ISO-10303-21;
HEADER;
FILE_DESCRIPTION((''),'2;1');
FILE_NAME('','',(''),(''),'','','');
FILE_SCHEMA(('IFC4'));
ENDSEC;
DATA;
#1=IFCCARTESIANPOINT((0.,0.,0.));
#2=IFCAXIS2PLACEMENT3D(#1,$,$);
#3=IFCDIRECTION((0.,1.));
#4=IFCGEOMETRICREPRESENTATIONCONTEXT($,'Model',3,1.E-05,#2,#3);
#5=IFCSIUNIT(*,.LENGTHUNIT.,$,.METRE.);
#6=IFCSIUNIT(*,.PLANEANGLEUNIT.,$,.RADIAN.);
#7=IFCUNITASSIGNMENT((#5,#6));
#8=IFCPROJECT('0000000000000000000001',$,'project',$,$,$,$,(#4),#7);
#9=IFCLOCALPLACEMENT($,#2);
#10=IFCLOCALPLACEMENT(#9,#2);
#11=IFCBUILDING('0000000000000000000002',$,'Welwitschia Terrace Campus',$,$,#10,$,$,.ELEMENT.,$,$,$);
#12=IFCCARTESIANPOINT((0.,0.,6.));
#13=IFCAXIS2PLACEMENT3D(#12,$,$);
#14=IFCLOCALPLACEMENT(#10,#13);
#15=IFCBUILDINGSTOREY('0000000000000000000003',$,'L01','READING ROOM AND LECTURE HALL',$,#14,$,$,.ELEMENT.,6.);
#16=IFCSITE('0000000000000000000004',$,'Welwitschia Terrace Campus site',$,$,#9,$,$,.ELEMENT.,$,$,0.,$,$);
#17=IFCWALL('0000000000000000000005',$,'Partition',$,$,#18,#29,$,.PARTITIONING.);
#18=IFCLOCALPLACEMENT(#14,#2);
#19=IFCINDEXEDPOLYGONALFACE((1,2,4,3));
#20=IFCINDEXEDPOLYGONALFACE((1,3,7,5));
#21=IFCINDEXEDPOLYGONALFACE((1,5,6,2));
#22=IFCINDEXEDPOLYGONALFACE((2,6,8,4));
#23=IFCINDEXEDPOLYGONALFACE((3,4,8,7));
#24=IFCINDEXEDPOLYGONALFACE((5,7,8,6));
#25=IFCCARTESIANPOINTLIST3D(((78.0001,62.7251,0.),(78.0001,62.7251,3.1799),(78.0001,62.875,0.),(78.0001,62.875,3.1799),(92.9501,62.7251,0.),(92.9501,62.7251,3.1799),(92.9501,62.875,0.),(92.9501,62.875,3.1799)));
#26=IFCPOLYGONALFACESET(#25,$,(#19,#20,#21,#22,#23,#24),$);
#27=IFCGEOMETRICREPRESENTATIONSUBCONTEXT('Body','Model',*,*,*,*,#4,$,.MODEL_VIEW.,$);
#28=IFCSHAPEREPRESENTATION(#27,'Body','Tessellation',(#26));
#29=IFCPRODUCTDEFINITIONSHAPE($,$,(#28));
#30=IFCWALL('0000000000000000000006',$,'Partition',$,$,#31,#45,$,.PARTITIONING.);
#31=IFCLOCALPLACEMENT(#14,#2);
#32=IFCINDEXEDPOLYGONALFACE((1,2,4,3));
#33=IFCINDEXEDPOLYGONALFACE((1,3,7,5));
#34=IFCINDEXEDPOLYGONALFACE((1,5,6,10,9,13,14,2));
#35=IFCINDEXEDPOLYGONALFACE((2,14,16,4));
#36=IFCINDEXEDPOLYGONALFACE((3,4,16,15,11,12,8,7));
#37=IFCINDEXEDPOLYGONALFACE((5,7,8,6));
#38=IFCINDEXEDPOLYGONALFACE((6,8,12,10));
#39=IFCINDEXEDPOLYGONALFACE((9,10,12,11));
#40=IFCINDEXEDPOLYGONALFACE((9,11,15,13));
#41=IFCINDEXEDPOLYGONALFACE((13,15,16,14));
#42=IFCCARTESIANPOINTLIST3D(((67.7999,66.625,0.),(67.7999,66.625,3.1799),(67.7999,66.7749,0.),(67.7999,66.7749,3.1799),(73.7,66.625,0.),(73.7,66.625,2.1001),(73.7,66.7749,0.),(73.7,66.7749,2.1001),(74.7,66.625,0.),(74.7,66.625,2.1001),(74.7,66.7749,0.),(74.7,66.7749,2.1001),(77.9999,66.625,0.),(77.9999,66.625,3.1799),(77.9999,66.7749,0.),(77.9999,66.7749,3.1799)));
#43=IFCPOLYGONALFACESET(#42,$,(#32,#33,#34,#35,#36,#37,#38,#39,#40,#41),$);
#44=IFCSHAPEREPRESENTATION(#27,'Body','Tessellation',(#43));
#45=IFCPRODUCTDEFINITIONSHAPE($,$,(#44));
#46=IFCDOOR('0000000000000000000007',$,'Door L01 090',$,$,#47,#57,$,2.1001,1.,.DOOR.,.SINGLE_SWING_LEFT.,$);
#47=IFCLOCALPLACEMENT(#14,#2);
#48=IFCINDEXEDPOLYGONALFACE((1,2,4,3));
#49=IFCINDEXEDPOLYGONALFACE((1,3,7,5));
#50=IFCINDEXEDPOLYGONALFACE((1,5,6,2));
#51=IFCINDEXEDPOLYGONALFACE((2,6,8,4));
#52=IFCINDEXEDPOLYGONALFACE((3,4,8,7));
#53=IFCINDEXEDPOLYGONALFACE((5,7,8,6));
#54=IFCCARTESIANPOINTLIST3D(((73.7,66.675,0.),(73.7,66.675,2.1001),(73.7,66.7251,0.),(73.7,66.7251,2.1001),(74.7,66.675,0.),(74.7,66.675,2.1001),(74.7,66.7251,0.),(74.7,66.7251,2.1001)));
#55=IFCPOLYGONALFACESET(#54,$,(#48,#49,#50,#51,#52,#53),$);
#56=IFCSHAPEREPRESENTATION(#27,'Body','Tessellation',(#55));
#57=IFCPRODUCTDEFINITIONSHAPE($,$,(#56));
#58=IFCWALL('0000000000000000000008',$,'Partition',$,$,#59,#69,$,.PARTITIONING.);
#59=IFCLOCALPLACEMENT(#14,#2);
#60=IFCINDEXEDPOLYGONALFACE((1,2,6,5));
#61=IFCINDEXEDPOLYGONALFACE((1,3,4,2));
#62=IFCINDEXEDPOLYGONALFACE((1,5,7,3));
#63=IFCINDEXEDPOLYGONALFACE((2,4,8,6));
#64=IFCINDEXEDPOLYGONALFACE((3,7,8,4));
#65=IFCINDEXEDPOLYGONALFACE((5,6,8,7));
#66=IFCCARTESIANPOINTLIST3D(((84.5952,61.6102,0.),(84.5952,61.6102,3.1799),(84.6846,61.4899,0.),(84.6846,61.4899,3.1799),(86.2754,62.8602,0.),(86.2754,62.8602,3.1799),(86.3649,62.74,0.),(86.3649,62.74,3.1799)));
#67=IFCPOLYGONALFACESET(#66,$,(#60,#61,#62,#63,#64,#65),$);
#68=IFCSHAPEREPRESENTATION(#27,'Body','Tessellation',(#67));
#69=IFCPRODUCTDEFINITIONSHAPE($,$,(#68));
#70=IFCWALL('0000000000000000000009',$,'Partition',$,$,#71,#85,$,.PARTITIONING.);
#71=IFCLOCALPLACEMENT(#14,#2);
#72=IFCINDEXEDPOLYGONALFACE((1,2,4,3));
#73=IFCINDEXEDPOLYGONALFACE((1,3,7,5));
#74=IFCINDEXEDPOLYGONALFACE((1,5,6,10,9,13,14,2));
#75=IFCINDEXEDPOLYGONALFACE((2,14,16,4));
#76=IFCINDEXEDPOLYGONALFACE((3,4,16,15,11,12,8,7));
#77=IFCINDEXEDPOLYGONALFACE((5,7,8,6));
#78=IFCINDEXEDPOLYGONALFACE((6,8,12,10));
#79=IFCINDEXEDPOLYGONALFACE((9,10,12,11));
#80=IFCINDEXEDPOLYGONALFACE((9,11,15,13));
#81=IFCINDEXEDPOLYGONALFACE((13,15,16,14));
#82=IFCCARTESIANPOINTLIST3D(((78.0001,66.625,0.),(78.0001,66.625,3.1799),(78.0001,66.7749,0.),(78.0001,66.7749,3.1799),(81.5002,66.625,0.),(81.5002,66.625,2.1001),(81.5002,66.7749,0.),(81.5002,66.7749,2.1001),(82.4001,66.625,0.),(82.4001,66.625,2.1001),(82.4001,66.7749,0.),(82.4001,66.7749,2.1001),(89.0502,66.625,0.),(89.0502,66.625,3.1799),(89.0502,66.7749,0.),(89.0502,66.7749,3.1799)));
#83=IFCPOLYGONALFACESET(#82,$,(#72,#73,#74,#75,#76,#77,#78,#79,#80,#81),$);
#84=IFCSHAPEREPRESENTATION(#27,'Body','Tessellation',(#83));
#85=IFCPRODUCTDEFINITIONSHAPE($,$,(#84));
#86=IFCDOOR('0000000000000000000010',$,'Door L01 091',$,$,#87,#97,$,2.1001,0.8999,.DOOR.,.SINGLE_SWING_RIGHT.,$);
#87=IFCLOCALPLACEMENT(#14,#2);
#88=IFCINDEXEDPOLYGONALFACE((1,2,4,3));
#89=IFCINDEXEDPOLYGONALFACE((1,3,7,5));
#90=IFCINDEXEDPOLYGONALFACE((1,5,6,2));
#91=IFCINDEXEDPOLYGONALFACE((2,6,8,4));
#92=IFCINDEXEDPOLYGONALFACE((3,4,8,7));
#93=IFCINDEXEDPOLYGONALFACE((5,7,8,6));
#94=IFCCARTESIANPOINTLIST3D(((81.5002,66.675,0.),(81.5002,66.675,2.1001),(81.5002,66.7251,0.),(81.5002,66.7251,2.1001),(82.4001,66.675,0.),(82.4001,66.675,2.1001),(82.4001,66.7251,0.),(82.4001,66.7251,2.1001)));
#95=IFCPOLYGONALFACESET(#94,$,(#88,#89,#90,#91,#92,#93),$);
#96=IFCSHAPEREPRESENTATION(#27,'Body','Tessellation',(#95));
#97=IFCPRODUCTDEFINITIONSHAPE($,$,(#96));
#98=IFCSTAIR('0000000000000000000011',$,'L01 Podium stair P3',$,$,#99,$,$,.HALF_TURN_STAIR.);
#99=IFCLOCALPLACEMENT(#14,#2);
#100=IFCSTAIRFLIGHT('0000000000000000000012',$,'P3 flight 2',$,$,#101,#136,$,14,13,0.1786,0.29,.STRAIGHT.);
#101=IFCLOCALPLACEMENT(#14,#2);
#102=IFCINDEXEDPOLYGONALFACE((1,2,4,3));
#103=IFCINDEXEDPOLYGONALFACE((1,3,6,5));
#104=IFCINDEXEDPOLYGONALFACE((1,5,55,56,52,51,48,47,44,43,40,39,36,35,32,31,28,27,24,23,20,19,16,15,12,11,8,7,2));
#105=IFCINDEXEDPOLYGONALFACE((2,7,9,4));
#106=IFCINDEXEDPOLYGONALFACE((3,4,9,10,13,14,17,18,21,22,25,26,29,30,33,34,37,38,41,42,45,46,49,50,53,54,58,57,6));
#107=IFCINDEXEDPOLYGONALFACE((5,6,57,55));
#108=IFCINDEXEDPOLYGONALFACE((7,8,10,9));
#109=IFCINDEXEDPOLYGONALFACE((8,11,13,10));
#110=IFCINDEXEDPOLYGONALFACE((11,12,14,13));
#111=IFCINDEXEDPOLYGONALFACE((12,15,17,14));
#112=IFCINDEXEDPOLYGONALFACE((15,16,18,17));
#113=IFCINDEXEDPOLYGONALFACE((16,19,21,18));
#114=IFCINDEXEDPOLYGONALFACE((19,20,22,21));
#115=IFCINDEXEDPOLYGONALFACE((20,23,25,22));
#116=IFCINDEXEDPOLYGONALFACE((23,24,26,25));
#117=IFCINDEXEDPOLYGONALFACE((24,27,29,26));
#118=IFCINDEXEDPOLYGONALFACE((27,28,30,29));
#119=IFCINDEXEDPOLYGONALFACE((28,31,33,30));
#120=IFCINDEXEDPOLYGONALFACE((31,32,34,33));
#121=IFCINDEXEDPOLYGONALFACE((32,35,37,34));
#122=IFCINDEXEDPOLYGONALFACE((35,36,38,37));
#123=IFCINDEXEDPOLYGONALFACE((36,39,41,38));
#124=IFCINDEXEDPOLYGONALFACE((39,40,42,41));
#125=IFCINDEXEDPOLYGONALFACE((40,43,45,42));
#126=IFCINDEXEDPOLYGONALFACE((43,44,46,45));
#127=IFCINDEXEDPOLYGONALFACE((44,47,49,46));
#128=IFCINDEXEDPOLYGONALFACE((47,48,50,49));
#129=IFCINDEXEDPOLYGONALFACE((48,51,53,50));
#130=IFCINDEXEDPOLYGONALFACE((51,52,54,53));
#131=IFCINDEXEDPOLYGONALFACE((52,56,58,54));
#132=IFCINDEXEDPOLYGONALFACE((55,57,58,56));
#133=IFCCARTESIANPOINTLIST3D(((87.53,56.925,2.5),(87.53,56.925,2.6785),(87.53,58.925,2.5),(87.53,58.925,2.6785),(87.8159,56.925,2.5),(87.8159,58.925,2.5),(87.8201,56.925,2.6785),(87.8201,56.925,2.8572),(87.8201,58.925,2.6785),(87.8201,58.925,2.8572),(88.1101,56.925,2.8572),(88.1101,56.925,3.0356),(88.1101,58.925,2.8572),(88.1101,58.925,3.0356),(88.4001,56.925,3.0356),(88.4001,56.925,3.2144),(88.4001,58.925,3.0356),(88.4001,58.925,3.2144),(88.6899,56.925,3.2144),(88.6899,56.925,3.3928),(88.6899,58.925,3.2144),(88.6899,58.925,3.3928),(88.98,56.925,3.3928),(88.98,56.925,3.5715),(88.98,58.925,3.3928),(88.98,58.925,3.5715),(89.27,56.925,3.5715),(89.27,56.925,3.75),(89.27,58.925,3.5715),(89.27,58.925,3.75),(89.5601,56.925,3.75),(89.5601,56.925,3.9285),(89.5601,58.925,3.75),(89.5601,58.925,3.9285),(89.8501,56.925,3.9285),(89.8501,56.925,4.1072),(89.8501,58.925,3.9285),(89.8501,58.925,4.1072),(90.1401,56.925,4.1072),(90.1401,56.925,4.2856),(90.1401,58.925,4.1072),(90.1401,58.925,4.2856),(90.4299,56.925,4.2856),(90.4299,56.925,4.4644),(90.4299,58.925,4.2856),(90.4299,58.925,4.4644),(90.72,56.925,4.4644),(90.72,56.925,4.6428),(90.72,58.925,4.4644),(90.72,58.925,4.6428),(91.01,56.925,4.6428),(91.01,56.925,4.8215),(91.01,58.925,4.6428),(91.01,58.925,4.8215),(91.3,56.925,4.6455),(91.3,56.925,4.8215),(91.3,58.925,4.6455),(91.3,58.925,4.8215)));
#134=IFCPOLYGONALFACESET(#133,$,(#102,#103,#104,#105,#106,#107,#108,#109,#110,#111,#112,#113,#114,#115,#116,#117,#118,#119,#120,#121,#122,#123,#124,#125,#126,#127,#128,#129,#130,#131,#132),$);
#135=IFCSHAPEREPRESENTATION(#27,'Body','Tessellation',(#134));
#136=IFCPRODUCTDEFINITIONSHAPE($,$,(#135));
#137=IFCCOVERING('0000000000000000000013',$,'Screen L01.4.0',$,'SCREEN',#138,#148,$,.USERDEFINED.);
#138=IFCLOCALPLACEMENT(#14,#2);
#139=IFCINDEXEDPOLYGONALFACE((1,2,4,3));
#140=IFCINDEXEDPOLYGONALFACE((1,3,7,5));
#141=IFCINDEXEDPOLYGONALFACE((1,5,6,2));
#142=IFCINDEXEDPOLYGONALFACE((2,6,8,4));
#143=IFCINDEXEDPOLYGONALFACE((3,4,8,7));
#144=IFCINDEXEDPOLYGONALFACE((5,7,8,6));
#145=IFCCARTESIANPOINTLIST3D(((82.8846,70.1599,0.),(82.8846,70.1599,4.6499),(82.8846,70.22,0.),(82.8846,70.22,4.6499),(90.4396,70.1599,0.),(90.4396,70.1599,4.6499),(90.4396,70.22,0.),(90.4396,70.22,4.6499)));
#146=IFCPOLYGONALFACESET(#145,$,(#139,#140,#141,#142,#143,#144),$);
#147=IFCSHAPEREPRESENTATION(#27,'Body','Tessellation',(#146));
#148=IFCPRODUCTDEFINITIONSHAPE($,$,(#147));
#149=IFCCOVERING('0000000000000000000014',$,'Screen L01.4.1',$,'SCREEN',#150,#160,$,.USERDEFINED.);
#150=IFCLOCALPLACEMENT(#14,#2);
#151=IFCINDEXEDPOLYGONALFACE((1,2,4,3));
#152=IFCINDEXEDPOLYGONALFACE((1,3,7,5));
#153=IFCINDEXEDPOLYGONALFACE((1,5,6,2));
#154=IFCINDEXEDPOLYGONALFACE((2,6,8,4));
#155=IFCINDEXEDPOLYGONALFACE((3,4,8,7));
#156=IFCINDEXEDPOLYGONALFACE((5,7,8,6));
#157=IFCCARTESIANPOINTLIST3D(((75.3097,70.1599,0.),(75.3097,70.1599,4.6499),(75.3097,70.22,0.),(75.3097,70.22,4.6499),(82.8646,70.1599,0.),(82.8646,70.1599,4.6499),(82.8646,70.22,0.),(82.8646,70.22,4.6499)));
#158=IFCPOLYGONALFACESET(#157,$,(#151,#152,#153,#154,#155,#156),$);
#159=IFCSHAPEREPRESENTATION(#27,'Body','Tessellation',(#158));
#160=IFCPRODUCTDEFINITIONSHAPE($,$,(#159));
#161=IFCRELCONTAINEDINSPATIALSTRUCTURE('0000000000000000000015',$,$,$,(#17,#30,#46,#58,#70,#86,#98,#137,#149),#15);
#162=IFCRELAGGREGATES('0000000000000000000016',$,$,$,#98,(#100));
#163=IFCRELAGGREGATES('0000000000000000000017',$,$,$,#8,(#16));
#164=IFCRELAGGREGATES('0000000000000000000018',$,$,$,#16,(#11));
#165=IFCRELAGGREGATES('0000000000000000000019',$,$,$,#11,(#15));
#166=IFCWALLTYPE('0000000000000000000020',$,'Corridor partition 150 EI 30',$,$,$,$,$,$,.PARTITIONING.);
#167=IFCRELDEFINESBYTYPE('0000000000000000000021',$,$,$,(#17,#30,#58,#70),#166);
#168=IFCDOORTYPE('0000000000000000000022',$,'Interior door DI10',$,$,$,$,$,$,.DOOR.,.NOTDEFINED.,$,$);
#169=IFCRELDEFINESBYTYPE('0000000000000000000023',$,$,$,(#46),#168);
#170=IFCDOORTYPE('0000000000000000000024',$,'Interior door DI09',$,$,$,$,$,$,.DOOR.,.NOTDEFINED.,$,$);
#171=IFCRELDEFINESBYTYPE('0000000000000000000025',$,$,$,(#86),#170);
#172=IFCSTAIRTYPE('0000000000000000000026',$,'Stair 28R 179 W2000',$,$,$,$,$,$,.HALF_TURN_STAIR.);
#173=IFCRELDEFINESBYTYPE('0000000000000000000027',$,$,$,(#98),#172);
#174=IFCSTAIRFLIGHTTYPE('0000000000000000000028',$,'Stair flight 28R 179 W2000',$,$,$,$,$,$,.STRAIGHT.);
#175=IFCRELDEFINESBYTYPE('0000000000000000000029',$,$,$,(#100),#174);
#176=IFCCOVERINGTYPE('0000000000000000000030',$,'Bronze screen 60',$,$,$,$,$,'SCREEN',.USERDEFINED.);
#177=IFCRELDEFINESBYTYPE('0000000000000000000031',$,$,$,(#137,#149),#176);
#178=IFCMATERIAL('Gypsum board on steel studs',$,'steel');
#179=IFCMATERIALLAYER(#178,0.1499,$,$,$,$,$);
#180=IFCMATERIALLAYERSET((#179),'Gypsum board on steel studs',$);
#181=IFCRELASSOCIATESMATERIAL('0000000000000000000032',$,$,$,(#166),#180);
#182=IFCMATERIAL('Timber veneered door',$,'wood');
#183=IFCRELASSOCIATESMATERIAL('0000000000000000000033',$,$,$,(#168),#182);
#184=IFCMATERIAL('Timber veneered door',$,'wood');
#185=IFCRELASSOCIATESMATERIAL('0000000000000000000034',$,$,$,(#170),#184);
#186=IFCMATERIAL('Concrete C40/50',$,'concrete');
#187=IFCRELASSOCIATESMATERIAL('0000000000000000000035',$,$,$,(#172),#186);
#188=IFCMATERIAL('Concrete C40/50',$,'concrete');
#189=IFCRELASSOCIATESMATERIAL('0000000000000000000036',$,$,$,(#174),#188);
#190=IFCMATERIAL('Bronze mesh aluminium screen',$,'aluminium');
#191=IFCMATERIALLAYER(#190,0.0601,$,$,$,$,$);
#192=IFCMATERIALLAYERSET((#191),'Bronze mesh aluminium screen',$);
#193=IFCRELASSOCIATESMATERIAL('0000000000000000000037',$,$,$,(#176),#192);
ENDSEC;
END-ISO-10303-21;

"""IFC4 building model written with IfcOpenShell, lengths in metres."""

from ifc_helpers import new_model, si_unit, direction, frame, frame_2d, origin, origin_2d, place, context, subcontext, project, spatial, polyline, rectangle, outline, extrude, material, layer, layer_set, type_object, element, fill, aggregate, save


model = new_model("IFC4")

# Units and contexts
model_context = context("Model", 3, precision=1e-05, world=origin(), true_north=direction((0.0, 1.0)))
body_context = subcontext(model_context, "Body", "Model", "MODEL_VIEW")
ifc_project = project(units=[si_unit("LENGTHUNIT", "METRE"), si_unit("PLANEANGLEUNIT", "RADIAN")], contexts=[model_context])

# Site, building, storey
site_placement = place(None, origin())
site = spatial("IfcSite", under=ifc_project, at=site_placement, Name="Welwitschia Terrace Campus site", CompositionType="ELEMENT", RefElevation=0.0)
building_placement = place(site_placement, origin())
building = spatial("IfcBuilding", under=site, at=building_placement, Name="Welwitschia Terrace Campus", CompositionType="ELEMENT")
storey_placement = place(building_placement, frame((0.0, 0.0, 6.0)))
storey = spatial("IfcBuildingStorey", under=building, at=storey_placement, Name="L01", Description="READING ROOM AND LECTURE HALL", CompositionType="ELEMENT", Elevation=6.0)

# Wall
ifc_material_1 = material(Name="Gypsum board on steel studs", Category="steel")
ifc_layer_1 = layer(ifc_material_1, 0.1499)
ifc_layer_set_1 = layer_set([ifc_layer_1], Name="Gypsum board on steel studs")
wall_type_1 = type_object("IfcWallType", Name="Corridor partition 150 EI 30", PredefinedType="PARTITIONING", material=ifc_layer_set_1)
wall_1_placement = place(storey_placement, frame((78.0, 62.8, 0.0), z_axis=(0.0, 0.0, 1.0), x_axis=(1.0, 0.0, 0.0)))
element("IfcWall", 1, at=wall_1_placement, inside=storey, type_object=wall_type_1, Name="Partition", PredefinedType="PARTITIONING", context=body_context, shape_type="SweptSolid", body=[
    extrude(rectangle(XDim=14.95, YDim=0.1499, at=frame_2d((7.4751, 0.0))), origin(), (0.0, 0.0, 1.0), 3.1799),
])

# Wall, opening, door
wall_2_placement = place(storey_placement, frame((78.0, 66.7, 0.0), z_axis=(0.0, 0.0, 1.0), x_axis=(-1.0, 0.0, 0.0)))
wall_2 = element("IfcWall", 2, at=wall_2_placement, inside=storey, type_object=wall_type_1, Name="Partition", PredefinedType="PARTITIONING", context=body_context, shape_type="SweptSolid", body=[
    extrude(rectangle(XDim=10.2, YDim=0.1499, at=frame_2d((5.1001, 0.0))), origin(), (0.0, 0.0, 1.0), 3.1799),
])
opening_1_placement = place(wall_2_placement, frame((3.3, 0.0, 0.0)))
opening_1 = element("IfcOpeningElement", 3, at=opening_1_placement, cuts=wall_2, PredefinedType="OPENING", context=body_context, shape_type="SweptSolid", body=[
    extrude(rectangle(XDim=1.0, YDim=2.1001, at=frame_2d((0.5, 1.05))), frame((0.0, 0.085, 0.0), z_axis=(0.0, -1.0, 0.0), x_axis=(1.0, 0.0, 0.0)), (0.0, 0.0, 1.0), 0.1699),
])
ifc_material_2 = material(Name="Timber veneered door", Category="wood")
door_type_1 = type_object("IfcDoorType", Name="Interior door DI10", OperationType="NOTDEFINED", PredefinedType="DOOR", material=ifc_material_2)
door_1_placement = place(opening_1_placement, origin())
door_1 = element("IfcDoor", 4, at=door_1_placement, inside=storey, type_object=door_type_1, Name="Door L01 090", OperationType="SINGLE_SWING_LEFT", OverallHeight=2.1001, OverallWidth=1.0, PredefinedType="DOOR", context=body_context, shape_type="SweptSolid", body=[
    extrude(rectangle(XDim=1.0, YDim=2.1001, at=frame_2d((0.5, 1.05))), frame((0.0, 0.0249, 0.0), z_axis=(0.0, -1.0, 0.0), x_axis=(1.0, 0.0, 0.0)), (0.0, 0.0, 1.0), 0.05),
])
fill(opening_1, door_1)

# Wall
wall_3_placement = place(storey_placement, frame((84.6399, 61.55, 0.0), z_axis=(0.0, 0.0, 1.0), x_axis=(0.802316, 0.596899, 0.0)))
element("IfcWall", 5, at=wall_3_placement, inside=storey, type_object=wall_type_1, Name="Partition", PredefinedType="PARTITIONING", context=body_context, shape_type="SweptSolid", body=[
    extrude(rectangle(XDim=2.0942, YDim=0.1499, at=frame_2d((1.0471, 0.0))), origin(), (0.0, 0.0, 1.0), 3.1799),
])

# Wall, opening, door
wall_4_placement = place(storey_placement, frame((89.05, 66.7, 0.0), z_axis=(0.0, 0.0, 1.0), x_axis=(-1.0, 0.0, 0.0)))
wall_4 = element("IfcWall", 6, at=wall_4_placement, inside=storey, type_object=wall_type_1, Name="Partition", PredefinedType="PARTITIONING", context=body_context, shape_type="SweptSolid", body=[
    extrude(rectangle(XDim=11.05, YDim=0.1499, at=frame_2d((5.5249, 0.0))), origin(), (0.0, 0.0, 1.0), 3.1799),
])
opening_2_placement = place(wall_4_placement, frame((6.6499, 0.0, 0.0)))
opening_2 = element("IfcOpeningElement", 7, at=opening_2_placement, cuts=wall_4, PredefinedType="OPENING", context=body_context, shape_type="SweptSolid", body=[
    extrude(rectangle(XDim=0.8999, YDim=2.1001, at=frame_2d((0.45, 1.05))), frame((0.0, 0.085, 0.0), z_axis=(0.0, -1.0, 0.0), x_axis=(1.0, 0.0, 0.0)), (0.0, 0.0, 1.0), 0.1699),
])
ifc_material_3 = material(Name="Timber veneered door", Category="wood")
door_type_2 = type_object("IfcDoorType", Name="Interior door DI09", OperationType="NOTDEFINED", PredefinedType="DOOR", material=ifc_material_3)
door_2_placement = place(opening_2_placement, origin())
door_2 = element("IfcDoor", 8, at=door_2_placement, inside=storey, type_object=door_type_2, Name="Door L01 091", OperationType="SINGLE_SWING_RIGHT", OverallHeight=2.1001, OverallWidth=0.8999, PredefinedType="DOOR", context=body_context, shape_type="SweptSolid", body=[
    extrude(rectangle(XDim=0.8999, YDim=2.1001, at=frame_2d((0.45, 1.05))), frame((0.0, 0.0249, 0.0), z_axis=(0.0, -1.0, 0.0), x_axis=(1.0, 0.0, 0.0)), (0.0, 0.0, 1.0), 0.05),
])
fill(opening_2, door_2)

# Stair, stair flight
ifc_material_4 = material(Name="Concrete C40/50", Category="concrete")
stair_type = type_object("IfcStairType", Name="Stair 28R 179 W2000", PredefinedType="HALF_TURN_STAIR", material=ifc_material_4)
stair_placement = place(storey_placement, origin())
stair = element("IfcStair", 9, at=stair_placement, inside=storey, type_object=stair_type, Name="L01 Podium stair P3", PredefinedType="HALF_TURN_STAIR")
ifc_material_5 = material(Name="Concrete C40/50", Category="concrete")
stair_flight_type = type_object("IfcStairFlightType", Name="Stair flight 28R 179 W2000", PredefinedType="STRAIGHT", material=ifc_material_5)
stair_flight_placement = place(storey_placement, frame((87.53, 57.925, 2.5), z_axis=(0.0, 0.0, 1.0), x_axis=(1.0, 0.0, 0.0)))
stair_flight = element("IfcStairFlight", 10, at=stair_flight_placement, type_object=stair_flight_type, Name="P3 flight 2", NumberOfRisers=14, NumberOfTreads=13, PredefinedType="STRAIGHT", RiserHeight=0.1786, TreadLength=0.29, context=body_context, shape_type="SweptSolid", body=[
    extrude(outline(polyline([(0.0, 0.0), (0.0, 0.1785), (0.29, 0.1785), (0.29, 0.3572), (0.5801, 0.3572), (0.5801, 0.5356), (0.8701, 0.5356), (0.8701, 0.7144), (1.1599, 0.7144), (1.1599, 0.8928), (1.45, 0.8928), (1.45, 1.0715), (1.74, 1.0715), (1.74, 1.25), (2.03, 1.25), (2.03, 1.4285), (2.3201, 1.4285), (2.3201, 1.6072), (2.6101, 1.6072), (2.6101, 1.7856), (2.8999, 1.7856), (2.8999, 1.9644), (3.1899, 1.9644), (3.1899, 2.1428), (3.48, 2.1428), (3.48, 2.3215), (3.77, 2.3215), (3.77, 2.5), (3.77, 2.1455), (0.2859, 0.0), (0.0, 0.0)])), frame((0.0, 1.0, 0.0), z_axis=(0.0, -1.0, 0.0), x_axis=(1.0, 0.0, 0.0)), (0.0, 0.0, 1.0), 2.0),
])
aggregate(stair, [stair_flight])

# Coverings
ifc_material_6 = material(Name="Bronze mesh aluminium screen", Category="aluminium")
ifc_layer_2 = layer(ifc_material_6, 0.0601)
ifc_layer_set_2 = layer_set([ifc_layer_2], Name="Bronze mesh aluminium screen")
covering_type = type_object("IfcCoveringType", Name="Bronze screen 60", ElementType="SCREEN", PredefinedType="USERDEFINED", material=ifc_layer_set_2)
for number, where, z_axis, x_axis, name in (
    (11, (86.6621, 70.1899, 0.0), (0.0, 0.0, 1.0), (-1.0, 0.0, 0.0), "Screen L01.4.0"),
    (12, (79.0872, 70.1899, 0.0), (0.0, 0.0, 1.0), (-1.0, 0.0, 0.0), "Screen L01.4.1"),
):
    element("IfcCovering", number, at=place(storey_placement, frame(where, z_axis=z_axis, x_axis=x_axis)), inside=storey, type_object=covering_type, Name=name, ObjectType="SCREEN", PredefinedType="USERDEFINED", context=body_context, shape_type="SweptSolid", body=[
        extrude(rectangle(XDim=7.5549, YDim=0.0601, at=origin_2d()), origin(), (0.0, 0.0, 1.0), 4.6499),
    ])

save(model, "model.ifc")
